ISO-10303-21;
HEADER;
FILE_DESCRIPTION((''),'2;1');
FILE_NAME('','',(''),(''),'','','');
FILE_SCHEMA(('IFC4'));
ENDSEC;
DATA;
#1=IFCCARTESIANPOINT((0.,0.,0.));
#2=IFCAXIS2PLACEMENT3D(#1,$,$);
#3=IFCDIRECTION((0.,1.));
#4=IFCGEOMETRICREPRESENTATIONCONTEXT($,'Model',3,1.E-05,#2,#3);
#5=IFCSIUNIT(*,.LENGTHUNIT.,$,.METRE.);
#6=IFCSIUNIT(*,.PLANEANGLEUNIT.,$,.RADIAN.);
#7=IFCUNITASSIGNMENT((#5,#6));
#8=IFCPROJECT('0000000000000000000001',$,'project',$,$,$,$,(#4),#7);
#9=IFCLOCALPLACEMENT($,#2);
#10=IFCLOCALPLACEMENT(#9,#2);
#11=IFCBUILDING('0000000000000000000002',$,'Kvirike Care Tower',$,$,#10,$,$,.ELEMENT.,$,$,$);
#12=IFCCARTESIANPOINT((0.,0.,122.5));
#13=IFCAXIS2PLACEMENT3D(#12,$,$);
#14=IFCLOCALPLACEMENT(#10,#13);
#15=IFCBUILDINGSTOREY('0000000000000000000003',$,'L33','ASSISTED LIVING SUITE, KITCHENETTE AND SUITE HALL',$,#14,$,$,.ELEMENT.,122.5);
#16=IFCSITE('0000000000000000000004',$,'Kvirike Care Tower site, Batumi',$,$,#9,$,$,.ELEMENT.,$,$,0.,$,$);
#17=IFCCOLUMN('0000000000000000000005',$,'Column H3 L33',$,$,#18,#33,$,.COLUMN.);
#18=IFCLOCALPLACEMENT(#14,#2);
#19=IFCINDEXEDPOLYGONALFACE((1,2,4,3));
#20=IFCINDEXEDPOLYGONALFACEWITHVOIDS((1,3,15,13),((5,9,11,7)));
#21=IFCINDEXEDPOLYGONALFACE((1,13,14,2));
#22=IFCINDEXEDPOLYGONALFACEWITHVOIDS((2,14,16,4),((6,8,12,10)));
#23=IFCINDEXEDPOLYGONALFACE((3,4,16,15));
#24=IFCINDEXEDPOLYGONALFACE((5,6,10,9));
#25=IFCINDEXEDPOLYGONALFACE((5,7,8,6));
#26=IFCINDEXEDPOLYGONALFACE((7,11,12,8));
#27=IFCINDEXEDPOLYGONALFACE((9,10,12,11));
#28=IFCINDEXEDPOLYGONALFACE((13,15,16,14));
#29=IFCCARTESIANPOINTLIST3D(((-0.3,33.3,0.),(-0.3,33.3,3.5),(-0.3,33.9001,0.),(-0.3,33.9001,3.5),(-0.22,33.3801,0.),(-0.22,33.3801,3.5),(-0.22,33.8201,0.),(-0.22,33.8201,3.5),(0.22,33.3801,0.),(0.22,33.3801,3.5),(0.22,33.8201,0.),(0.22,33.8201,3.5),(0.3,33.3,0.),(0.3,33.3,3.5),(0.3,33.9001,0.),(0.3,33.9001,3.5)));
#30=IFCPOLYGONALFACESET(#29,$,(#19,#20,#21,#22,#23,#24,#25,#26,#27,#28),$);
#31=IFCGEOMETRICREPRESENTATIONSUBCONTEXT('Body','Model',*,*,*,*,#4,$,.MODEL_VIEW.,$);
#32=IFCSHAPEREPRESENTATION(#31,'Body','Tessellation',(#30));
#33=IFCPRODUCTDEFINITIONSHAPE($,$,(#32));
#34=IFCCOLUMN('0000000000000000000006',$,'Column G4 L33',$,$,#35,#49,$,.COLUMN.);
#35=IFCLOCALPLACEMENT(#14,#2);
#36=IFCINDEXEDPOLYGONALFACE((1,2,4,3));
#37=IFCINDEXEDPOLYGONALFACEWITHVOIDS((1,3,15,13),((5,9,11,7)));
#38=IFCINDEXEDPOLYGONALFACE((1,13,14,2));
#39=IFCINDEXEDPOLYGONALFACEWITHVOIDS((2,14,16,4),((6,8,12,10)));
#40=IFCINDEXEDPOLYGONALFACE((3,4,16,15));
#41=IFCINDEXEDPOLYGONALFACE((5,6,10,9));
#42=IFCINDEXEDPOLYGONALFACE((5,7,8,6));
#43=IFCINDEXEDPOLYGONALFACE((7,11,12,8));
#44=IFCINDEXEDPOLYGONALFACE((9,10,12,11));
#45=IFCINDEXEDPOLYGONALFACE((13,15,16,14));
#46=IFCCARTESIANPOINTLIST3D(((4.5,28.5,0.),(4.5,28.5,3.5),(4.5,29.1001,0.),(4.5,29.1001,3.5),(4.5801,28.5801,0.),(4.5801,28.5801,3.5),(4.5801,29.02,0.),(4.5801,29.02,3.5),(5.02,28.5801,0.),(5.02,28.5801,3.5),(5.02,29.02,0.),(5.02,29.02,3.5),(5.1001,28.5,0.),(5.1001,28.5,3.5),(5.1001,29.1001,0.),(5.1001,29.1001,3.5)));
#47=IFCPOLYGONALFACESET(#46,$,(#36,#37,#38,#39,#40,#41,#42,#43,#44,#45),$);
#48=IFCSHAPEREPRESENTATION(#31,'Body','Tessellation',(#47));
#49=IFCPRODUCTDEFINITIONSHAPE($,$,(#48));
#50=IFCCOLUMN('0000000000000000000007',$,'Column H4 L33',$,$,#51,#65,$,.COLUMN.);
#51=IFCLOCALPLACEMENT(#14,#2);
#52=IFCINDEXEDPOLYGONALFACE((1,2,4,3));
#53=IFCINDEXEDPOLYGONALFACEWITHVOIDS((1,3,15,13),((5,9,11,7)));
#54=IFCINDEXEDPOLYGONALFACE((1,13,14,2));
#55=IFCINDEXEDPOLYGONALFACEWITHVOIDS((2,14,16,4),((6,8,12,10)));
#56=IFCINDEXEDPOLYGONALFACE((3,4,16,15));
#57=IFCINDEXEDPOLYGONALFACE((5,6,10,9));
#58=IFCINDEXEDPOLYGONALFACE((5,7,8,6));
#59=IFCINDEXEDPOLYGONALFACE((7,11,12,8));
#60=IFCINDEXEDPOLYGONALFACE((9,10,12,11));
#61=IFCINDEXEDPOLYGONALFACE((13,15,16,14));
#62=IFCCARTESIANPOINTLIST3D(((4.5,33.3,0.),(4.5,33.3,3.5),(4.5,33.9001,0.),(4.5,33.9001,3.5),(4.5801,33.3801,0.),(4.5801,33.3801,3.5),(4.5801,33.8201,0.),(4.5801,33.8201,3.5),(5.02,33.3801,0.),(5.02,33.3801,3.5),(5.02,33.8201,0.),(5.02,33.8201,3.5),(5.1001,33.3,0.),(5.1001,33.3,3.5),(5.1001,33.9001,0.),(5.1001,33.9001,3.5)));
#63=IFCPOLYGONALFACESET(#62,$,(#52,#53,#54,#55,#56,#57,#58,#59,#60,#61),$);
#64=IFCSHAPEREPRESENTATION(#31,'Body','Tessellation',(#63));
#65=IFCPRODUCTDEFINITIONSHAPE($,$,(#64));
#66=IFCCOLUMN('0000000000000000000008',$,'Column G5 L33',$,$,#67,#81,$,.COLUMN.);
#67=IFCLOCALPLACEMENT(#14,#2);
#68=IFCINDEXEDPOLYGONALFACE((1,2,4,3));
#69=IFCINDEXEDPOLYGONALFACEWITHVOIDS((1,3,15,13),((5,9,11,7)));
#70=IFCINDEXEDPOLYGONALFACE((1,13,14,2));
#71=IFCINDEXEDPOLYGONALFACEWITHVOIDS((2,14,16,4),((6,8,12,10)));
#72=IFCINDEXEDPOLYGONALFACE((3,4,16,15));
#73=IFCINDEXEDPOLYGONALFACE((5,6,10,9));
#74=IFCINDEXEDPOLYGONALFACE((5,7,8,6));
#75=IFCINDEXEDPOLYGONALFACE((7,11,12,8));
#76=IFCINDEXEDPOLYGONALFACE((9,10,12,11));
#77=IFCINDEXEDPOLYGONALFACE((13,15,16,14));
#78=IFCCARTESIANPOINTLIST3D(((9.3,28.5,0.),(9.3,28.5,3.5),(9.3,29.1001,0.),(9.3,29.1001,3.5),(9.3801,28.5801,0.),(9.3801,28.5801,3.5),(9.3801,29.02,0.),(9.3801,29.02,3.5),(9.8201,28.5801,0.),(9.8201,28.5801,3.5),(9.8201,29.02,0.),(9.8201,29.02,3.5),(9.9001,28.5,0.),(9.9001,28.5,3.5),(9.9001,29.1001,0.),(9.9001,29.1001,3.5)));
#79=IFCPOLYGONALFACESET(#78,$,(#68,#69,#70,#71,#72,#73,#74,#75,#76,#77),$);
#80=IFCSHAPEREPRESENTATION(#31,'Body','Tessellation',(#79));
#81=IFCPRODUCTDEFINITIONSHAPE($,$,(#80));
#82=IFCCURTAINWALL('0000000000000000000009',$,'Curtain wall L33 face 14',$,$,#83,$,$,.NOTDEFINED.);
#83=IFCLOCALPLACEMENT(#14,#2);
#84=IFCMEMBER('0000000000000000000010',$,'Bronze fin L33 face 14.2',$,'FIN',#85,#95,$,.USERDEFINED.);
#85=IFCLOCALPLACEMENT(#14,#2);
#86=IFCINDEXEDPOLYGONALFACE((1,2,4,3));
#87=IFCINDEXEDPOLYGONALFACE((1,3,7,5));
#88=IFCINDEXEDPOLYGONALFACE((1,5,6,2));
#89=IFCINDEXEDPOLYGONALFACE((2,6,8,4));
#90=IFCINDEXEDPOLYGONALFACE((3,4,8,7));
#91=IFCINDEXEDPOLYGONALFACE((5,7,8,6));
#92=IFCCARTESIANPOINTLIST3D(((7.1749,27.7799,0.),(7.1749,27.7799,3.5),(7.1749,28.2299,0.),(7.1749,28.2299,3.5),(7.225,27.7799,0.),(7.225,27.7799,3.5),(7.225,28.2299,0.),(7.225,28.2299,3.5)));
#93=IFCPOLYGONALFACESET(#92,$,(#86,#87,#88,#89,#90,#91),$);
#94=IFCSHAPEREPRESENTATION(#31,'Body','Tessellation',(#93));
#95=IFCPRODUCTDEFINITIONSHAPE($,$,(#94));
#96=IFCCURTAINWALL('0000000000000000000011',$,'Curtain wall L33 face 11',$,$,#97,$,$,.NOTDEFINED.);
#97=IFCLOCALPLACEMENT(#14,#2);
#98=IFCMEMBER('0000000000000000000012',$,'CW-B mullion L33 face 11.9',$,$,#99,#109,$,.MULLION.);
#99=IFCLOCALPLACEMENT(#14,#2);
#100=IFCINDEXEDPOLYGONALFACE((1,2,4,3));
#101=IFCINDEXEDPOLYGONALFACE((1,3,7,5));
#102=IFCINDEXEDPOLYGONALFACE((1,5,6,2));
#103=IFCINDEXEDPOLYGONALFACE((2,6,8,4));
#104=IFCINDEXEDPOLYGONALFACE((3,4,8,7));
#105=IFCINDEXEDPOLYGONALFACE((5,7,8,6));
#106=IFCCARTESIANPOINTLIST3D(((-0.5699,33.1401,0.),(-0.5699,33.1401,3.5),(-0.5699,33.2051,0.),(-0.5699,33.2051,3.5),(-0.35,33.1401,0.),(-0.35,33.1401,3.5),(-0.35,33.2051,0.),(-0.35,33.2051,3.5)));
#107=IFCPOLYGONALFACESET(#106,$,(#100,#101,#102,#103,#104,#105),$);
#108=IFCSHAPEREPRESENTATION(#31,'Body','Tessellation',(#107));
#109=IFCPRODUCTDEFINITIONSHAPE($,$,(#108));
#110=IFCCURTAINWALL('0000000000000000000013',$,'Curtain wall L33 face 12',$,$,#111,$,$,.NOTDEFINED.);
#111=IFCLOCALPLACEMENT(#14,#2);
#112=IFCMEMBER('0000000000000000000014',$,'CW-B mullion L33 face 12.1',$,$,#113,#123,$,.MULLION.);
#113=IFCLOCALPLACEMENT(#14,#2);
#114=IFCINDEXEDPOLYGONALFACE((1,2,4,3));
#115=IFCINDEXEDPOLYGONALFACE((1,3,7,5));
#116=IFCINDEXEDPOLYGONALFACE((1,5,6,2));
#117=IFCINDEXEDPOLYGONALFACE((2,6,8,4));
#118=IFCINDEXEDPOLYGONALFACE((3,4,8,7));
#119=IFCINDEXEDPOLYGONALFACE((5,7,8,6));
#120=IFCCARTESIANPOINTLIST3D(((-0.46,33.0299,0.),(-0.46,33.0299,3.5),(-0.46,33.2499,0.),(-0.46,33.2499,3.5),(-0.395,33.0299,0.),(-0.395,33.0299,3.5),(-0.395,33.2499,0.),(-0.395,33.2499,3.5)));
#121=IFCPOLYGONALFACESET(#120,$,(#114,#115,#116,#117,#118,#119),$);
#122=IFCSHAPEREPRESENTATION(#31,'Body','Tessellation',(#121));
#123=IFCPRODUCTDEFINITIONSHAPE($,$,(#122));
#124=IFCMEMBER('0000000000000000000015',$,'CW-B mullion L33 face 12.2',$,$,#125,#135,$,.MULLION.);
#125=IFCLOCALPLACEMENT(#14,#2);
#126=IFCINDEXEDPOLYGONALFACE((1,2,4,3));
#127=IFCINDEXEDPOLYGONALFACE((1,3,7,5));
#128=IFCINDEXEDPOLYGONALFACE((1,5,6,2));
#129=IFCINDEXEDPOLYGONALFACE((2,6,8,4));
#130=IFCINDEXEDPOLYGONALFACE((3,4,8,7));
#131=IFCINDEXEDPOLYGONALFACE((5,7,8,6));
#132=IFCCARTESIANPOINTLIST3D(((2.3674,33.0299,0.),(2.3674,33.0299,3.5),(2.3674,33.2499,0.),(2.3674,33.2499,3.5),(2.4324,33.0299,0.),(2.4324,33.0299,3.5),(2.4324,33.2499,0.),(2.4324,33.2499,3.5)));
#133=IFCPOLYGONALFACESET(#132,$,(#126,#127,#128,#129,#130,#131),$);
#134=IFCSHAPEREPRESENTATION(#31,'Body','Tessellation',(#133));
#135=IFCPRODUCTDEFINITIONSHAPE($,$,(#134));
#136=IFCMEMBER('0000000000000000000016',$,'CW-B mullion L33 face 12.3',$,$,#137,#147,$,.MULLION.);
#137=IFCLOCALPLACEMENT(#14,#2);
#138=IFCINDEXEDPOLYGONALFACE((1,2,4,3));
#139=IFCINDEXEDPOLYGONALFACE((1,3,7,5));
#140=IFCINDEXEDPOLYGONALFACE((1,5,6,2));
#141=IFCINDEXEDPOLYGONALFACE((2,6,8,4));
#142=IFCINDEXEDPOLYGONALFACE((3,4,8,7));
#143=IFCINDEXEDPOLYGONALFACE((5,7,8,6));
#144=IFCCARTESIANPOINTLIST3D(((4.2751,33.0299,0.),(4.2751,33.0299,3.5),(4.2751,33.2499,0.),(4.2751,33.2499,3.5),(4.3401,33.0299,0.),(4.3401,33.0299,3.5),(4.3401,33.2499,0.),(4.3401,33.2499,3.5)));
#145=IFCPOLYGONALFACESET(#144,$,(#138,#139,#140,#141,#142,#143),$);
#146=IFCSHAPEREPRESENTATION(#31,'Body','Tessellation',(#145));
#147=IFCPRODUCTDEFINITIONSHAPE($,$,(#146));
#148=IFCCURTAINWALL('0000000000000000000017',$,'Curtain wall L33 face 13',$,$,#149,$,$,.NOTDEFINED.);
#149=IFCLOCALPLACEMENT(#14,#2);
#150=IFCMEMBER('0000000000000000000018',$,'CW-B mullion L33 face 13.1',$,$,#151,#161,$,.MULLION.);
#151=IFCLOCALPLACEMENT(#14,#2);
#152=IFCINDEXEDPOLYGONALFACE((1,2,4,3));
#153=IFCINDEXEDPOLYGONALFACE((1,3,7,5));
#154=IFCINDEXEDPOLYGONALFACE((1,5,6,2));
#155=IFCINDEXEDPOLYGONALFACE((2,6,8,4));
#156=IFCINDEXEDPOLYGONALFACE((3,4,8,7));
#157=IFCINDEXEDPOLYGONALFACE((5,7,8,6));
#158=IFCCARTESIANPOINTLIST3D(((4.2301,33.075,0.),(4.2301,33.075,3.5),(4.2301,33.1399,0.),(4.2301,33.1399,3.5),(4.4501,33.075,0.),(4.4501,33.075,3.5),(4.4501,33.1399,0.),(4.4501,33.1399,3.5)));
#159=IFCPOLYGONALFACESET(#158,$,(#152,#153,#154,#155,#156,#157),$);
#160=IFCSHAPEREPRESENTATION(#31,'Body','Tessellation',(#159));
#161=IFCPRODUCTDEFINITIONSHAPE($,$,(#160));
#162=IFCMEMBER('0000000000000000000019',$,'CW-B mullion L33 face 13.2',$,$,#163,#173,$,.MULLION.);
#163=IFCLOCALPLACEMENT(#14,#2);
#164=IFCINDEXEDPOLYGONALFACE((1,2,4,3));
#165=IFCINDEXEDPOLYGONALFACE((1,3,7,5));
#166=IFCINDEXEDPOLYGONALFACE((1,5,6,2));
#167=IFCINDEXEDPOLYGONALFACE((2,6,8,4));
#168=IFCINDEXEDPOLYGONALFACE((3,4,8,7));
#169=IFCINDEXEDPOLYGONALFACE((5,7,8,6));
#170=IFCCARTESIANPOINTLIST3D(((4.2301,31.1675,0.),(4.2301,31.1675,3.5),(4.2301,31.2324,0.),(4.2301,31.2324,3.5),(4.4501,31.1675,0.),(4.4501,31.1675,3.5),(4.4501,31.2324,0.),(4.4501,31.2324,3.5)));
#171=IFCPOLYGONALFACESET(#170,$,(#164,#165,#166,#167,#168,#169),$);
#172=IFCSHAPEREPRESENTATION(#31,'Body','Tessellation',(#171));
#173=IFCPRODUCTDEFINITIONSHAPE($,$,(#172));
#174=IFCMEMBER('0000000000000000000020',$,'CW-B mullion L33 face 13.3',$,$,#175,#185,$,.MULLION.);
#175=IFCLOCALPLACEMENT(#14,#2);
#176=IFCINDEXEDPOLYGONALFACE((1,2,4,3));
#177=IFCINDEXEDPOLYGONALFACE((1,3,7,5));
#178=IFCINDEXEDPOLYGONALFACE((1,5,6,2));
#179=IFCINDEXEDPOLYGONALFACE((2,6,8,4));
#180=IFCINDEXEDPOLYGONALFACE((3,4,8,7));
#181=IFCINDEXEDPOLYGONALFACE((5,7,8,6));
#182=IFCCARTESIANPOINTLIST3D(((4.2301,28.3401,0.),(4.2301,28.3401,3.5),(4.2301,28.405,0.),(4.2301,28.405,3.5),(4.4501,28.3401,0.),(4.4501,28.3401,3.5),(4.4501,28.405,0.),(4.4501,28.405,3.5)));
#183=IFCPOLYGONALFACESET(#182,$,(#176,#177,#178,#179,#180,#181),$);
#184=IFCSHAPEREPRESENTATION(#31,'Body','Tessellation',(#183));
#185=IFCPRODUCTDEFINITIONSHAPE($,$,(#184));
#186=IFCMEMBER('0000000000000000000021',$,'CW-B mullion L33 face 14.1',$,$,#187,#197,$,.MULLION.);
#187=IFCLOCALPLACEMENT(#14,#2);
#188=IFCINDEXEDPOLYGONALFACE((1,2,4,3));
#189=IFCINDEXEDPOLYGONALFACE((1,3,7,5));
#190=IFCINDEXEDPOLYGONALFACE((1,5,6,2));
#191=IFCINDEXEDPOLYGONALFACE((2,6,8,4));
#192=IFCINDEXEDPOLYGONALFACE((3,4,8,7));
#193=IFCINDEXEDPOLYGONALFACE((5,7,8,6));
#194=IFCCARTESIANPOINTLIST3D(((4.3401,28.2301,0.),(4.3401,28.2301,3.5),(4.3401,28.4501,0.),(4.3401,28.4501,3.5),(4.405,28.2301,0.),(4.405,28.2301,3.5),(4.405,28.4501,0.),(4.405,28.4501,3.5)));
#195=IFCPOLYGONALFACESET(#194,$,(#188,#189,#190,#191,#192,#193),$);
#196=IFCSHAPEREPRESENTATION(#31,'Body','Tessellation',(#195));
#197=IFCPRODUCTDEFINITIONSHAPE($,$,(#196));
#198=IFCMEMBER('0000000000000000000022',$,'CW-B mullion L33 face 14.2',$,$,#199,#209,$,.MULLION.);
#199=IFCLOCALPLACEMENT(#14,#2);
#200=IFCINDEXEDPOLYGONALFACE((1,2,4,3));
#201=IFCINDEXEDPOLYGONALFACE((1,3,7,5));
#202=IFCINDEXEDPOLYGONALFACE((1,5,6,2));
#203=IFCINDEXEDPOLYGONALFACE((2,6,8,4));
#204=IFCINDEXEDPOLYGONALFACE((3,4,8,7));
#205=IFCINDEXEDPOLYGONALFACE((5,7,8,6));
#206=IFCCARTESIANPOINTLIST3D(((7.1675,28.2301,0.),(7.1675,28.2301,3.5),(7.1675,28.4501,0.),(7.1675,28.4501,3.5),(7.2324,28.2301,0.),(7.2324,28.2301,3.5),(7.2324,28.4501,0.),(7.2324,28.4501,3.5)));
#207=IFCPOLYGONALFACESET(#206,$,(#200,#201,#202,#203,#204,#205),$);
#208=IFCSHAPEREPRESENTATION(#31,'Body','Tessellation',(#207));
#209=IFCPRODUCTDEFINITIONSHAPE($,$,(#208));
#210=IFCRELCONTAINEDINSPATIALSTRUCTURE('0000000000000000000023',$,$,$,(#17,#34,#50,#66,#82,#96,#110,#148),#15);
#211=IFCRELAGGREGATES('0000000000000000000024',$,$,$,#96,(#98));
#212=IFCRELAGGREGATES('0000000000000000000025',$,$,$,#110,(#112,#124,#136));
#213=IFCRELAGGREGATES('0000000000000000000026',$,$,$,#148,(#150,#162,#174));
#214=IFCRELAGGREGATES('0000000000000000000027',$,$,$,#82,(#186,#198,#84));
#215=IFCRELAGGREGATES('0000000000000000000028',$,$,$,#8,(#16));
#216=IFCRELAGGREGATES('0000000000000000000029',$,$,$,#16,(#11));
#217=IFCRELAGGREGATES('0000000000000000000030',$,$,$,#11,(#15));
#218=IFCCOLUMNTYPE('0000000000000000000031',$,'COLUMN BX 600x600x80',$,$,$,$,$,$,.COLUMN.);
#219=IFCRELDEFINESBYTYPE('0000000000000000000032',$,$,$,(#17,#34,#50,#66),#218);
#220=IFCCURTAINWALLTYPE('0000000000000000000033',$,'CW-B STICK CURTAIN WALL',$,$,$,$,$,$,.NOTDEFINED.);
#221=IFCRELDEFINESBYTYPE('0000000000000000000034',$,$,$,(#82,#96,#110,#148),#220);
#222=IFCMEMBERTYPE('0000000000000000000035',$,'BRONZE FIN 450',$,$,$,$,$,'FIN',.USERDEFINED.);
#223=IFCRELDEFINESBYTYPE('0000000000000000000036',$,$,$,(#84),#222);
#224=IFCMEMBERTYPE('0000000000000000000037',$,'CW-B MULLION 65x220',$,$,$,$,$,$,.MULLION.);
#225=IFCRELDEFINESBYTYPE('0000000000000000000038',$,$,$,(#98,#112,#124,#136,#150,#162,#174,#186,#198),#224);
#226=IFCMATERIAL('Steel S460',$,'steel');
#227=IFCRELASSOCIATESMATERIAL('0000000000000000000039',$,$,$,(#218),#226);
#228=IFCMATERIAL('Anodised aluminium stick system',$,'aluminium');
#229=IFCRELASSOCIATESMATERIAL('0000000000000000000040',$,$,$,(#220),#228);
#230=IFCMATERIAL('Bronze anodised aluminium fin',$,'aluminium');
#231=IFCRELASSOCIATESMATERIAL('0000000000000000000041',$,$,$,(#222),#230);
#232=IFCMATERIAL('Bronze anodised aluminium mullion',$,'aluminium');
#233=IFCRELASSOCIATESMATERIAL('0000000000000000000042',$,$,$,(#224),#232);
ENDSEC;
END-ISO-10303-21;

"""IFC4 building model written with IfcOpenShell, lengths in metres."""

from ifc_helpers import new_model, si_unit, direction, frame, origin, origin_2d, place, context, subcontext, project, spatial, rectangle, hollow_rectangle, extrude, material, material_profile, profile_set, type_object, element, aggregate, save


model = new_model("IFC4")

# Units and contexts
model_context = context("Model", 3, precision=1e-05, world=origin(), true_north=direction((0.0, 1.0)))
body_context = subcontext(model_context, "Body", "Model", "MODEL_VIEW")
ifc_project = project(units=[si_unit("LENGTHUNIT", "METRE"), si_unit("PLANEANGLEUNIT", "RADIAN")], contexts=[model_context])

# Site, building, storey
site_placement = place(None, origin())
site = spatial("IfcSite", under=ifc_project, at=site_placement, Name="Kvirike Care Tower site, Batumi", CompositionType="ELEMENT", RefElevation=0.0)
building_placement = place(site_placement, origin())
building = spatial("IfcBuilding", under=site, at=building_placement, Name="Kvirike Care Tower", CompositionType="ELEMENT")
storey_placement = place(building_placement, frame((0.0, 0.0, 122.5)))
storey = spatial("IfcBuildingStorey", under=building, at=storey_placement, Name="L33", Description="ASSISTED LIVING SUITE, KITCHENETTE AND SUITE HALL", CompositionType="ELEMENT", Elevation=122.5)

# Columns
ifc_material_1 = material(Name="Steel S460", Category="steel")
ifc_material_profile_1 = material_profile(ifc_material_1, hollow_rectangle(XDim=0.6001, YDim=0.6001, WallThickness=0.0801, at=origin_2d()), Name="BX 600x600x80")
ifc_profile_set_1 = profile_set([ifc_material_profile_1], Name="Steel S460")
column_type = type_object("IfcColumnType", Name="COLUMN BX 600x600x80", PredefinedType="COLUMN", material=ifc_profile_set_1)
for number, where, z_axis, x_axis, name in (
    (1, (0.0, 33.6001, 0.0), (0.0, 0.0, 1.0), (0.0, 1.0, 0.0), "Column H3 L33"),
    (2, (4.8, 28.8, 0.0), (0.0, 0.0, 1.0), (0.0, 1.0, 0.0), "Column G4 L33"),
    (3, (4.8, 33.6001, 0.0), (0.0, 0.0, 1.0), (0.0, 1.0, 0.0), "Column H4 L33"),
    (4, (9.6001, 28.8, 0.0), (0.0, 0.0, 1.0), (0.0, 1.0, 0.0), "Column G5 L33"),
):
    element("IfcColumn", number, at=place(storey_placement, frame(where, z_axis=z_axis, x_axis=x_axis)), inside=storey, type_object=column_type, Name=name, PredefinedType="COLUMN", context=body_context, shape_type="SweptSolid", body=[
        extrude(hollow_rectangle(XDim=0.6001, YDim=0.6001, WallThickness=0.0801, at=origin_2d()), origin(), (0.0, 0.0, 1.0), 3.5),
    ])

# Curtain walls, members
ifc_material_2 = material(Name="Anodised aluminium stick system", Category="aluminium")
curtain_wall_type = type_object("IfcCurtainWallType", Name="CW-B STICK CURTAIN WALL", PredefinedType="NOTDEFINED", material=ifc_material_2)
curtain_wall_1_placement = place(storey_placement, origin())
curtain_wall_1 = element("IfcCurtainWall", 5, at=curtain_wall_1_placement, inside=storey, type_object=curtain_wall_type, Name="Curtain wall L33 face 14", PredefinedType="NOTDEFINED")
ifc_material_3 = material(Name="Bronze anodised aluminium fin", Category="aluminium")
ifc_material_profile_2 = material_profile(ifc_material_3, rectangle(XDim=0.05, YDim=0.45, at=origin_2d()), Name="BRONZE FIN 450")
ifc_profile_set_2 = profile_set([ifc_material_profile_2], Name="Bronze anodised aluminium fin")
member_type_1 = type_object("IfcMemberType", Name="BRONZE FIN 450", ElementType="FIN", PredefinedType="USERDEFINED", material=ifc_profile_set_2)
member_1_placement = place(storey_placement, frame((7.2, 28.0049, 0.0), z_axis=(0.0, 0.0, 1.0), x_axis=(1.0, 0.0, 0.0)))
member_1 = element("IfcMember", 6, at=member_1_placement, type_object=member_type_1, Name="Bronze fin L33 face 14.2", ObjectType="FIN", PredefinedType="USERDEFINED", context=body_context, shape_type="SweptSolid", body=[
    extrude(rectangle(XDim=0.05, YDim=0.45, at=origin_2d()), origin(), (0.0, 0.0, 1.0), 3.5),
])
curtain_wall_2_placement = place(storey_placement, origin())
curtain_wall_2 = element("IfcCurtainWall", 7, at=curtain_wall_2_placement, inside=storey, type_object=curtain_wall_type, Name="Curtain wall L33 face 11", PredefinedType="NOTDEFINED")
ifc_material_4 = material(Name="Bronze anodised aluminium mullion", Category="aluminium")
ifc_material_profile_3 = material_profile(ifc_material_4, rectangle(XDim=0.0649, YDim=0.22, at=origin_2d()), Name="CW-B MULLION 65x220")
ifc_profile_set_3 = profile_set([ifc_material_profile_3], Name="Bronze anodised aluminium mullion")
member_type_2 = type_object("IfcMemberType", Name="CW-B MULLION 65x220", PredefinedType="MULLION", material=ifc_profile_set_3)
member_2_placement = place(storey_placement, frame((-0.46, 33.1726, 0.0), z_axis=(0.0, 0.0, 1.0), x_axis=(0.0, -1.0, 0.0)))
member_2 = element("IfcMember", 8, at=member_2_placement, type_object=member_type_2, Name="CW-B mullion L33 face 11.9", PredefinedType="MULLION", context=body_context, shape_type="SweptSolid", body=[
    extrude(rectangle(XDim=0.0649, YDim=0.22, at=origin_2d()), origin(), (0.0, 0.0, 1.0), 3.5),
])
aggregate(curtain_wall_2, [member_2])

# Curtain walls, members
curtain_wall_3_placement = place(storey_placement, origin())
curtain_wall_3 = element("IfcCurtainWall", 9, at=curtain_wall_3_placement, inside=storey, type_object=curtain_wall_type, Name="Curtain wall L33 face 12", PredefinedType="NOTDEFINED")
member_3_placement = place(storey_placement, frame((-0.4275, 33.1399, 0.0), z_axis=(0.0, 0.0, 1.0), x_axis=(1.0, 0.0, 0.0)))
member_3 = element("IfcMember", 10, at=member_3_placement, type_object=member_type_2, Name="CW-B mullion L33 face 12.1", PredefinedType="MULLION", context=body_context, shape_type="SweptSolid", body=[
    extrude(rectangle(XDim=0.0649, YDim=0.22, at=origin_2d()), origin(), (0.0, 0.0, 1.0), 3.5),
])
member_4_placement = place(storey_placement, frame((2.3999, 33.1399, 0.0), z_axis=(0.0, 0.0, 1.0), x_axis=(1.0, 0.0, 0.0)))
member_4 = element("IfcMember", 11, at=member_4_placement, type_object=member_type_2, Name="CW-B mullion L33 face 12.2", PredefinedType="MULLION", context=body_context, shape_type="SweptSolid", body=[
    extrude(rectangle(XDim=0.0649, YDim=0.22, at=origin_2d()), origin(), (0.0, 0.0, 1.0), 3.5),
])
member_5_placement = place(storey_placement, frame((4.3076, 33.1399, 0.0), z_axis=(0.0, 0.0, 1.0), x_axis=(1.0, 0.0, 0.0)))
member_5 = element("IfcMember", 12, at=member_5_placement, type_object=member_type_2, Name="CW-B mullion L33 face 12.3", PredefinedType="MULLION", context=body_context, shape_type="SweptSolid", body=[
    extrude(rectangle(XDim=0.0649, YDim=0.22, at=origin_2d()), origin(), (0.0, 0.0, 1.0), 3.5),
])
curtain_wall_4_placement = place(storey_placement, origin())
curtain_wall_4 = element("IfcCurtainWall", 13, at=curtain_wall_4_placement, inside=storey, type_object=curtain_wall_type, Name="Curtain wall L33 face 13", PredefinedType="NOTDEFINED")
member_6_placement = place(storey_placement, frame((4.3401, 33.1074, 0.0), z_axis=(0.0, 0.0, 1.0), x_axis=(0.0, -1.0, 0.0)))
member_6 = element("IfcMember", 14, at=member_6_placement, type_object=member_type_2, Name="CW-B mullion L33 face 13.1", PredefinedType="MULLION", context=body_context, shape_type="SweptSolid", body=[
    extrude(rectangle(XDim=0.0649, YDim=0.22, at=origin_2d()), origin(), (0.0, 0.0, 1.0), 3.5),
])
member_7_placement = place(storey_placement, frame((4.3401, 31.2, 0.0), z_axis=(0.0, 0.0, 1.0), x_axis=(0.0, -1.0, 0.0)))
member_7 = element("IfcMember", 15, at=member_7_placement, type_object=member_type_2, Name="CW-B mullion L33 face 13.2", PredefinedType="MULLION", context=body_context, shape_type="SweptSolid", body=[
    extrude(rectangle(XDim=0.0649, YDim=0.22, at=origin_2d()), origin(), (0.0, 0.0, 1.0), 3.5),
])
member_8_placement = place(storey_placement, frame((4.3401, 28.3726, 0.0), z_axis=(0.0, 0.0, 1.0), x_axis=(0.0, -1.0, 0.0)))
member_8 = element("IfcMember", 16, at=member_8_placement, type_object=member_type_2, Name="CW-B mullion L33 face 13.3", PredefinedType="MULLION", context=body_context, shape_type="SweptSolid", body=[
    extrude(rectangle(XDim=0.0649, YDim=0.22, at=origin_2d()), origin(), (0.0, 0.0, 1.0), 3.5),
])

# Members
member_9_placement = place(storey_placement, frame((4.3726, 28.3401, 0.0), z_axis=(0.0, 0.0, 1.0), x_axis=(1.0, 0.0, 0.0)))
member_9 = element("IfcMember", 17, at=member_9_placement, type_object=member_type_2, Name="CW-B mullion L33 face 14.1", PredefinedType="MULLION", context=body_context, shape_type="SweptSolid", body=[
    extrude(rectangle(XDim=0.0649, YDim=0.22, at=origin_2d()), origin(), (0.0, 0.0, 1.0), 3.5),
])
member_10_placement = place(storey_placement, frame((7.2, 28.3401, 0.0), z_axis=(0.0, 0.0, 1.0), x_axis=(1.0, 0.0, 0.0)))
member_10 = element("IfcMember", 18, at=member_10_placement, type_object=member_type_2, Name="CW-B mullion L33 face 14.2", PredefinedType="MULLION", context=body_context, shape_type="SweptSolid", body=[
    extrude(rectangle(XDim=0.0649, YDim=0.22, at=origin_2d()), origin(), (0.0, 0.0, 1.0), 3.5),
])

aggregate(curtain_wall_3, [member_3, member_4, member_5])
aggregate(curtain_wall_4, [member_6, member_7, member_8])
aggregate(curtain_wall_1, [member_9, member_10, member_1])

save(model, "model.ifc")
